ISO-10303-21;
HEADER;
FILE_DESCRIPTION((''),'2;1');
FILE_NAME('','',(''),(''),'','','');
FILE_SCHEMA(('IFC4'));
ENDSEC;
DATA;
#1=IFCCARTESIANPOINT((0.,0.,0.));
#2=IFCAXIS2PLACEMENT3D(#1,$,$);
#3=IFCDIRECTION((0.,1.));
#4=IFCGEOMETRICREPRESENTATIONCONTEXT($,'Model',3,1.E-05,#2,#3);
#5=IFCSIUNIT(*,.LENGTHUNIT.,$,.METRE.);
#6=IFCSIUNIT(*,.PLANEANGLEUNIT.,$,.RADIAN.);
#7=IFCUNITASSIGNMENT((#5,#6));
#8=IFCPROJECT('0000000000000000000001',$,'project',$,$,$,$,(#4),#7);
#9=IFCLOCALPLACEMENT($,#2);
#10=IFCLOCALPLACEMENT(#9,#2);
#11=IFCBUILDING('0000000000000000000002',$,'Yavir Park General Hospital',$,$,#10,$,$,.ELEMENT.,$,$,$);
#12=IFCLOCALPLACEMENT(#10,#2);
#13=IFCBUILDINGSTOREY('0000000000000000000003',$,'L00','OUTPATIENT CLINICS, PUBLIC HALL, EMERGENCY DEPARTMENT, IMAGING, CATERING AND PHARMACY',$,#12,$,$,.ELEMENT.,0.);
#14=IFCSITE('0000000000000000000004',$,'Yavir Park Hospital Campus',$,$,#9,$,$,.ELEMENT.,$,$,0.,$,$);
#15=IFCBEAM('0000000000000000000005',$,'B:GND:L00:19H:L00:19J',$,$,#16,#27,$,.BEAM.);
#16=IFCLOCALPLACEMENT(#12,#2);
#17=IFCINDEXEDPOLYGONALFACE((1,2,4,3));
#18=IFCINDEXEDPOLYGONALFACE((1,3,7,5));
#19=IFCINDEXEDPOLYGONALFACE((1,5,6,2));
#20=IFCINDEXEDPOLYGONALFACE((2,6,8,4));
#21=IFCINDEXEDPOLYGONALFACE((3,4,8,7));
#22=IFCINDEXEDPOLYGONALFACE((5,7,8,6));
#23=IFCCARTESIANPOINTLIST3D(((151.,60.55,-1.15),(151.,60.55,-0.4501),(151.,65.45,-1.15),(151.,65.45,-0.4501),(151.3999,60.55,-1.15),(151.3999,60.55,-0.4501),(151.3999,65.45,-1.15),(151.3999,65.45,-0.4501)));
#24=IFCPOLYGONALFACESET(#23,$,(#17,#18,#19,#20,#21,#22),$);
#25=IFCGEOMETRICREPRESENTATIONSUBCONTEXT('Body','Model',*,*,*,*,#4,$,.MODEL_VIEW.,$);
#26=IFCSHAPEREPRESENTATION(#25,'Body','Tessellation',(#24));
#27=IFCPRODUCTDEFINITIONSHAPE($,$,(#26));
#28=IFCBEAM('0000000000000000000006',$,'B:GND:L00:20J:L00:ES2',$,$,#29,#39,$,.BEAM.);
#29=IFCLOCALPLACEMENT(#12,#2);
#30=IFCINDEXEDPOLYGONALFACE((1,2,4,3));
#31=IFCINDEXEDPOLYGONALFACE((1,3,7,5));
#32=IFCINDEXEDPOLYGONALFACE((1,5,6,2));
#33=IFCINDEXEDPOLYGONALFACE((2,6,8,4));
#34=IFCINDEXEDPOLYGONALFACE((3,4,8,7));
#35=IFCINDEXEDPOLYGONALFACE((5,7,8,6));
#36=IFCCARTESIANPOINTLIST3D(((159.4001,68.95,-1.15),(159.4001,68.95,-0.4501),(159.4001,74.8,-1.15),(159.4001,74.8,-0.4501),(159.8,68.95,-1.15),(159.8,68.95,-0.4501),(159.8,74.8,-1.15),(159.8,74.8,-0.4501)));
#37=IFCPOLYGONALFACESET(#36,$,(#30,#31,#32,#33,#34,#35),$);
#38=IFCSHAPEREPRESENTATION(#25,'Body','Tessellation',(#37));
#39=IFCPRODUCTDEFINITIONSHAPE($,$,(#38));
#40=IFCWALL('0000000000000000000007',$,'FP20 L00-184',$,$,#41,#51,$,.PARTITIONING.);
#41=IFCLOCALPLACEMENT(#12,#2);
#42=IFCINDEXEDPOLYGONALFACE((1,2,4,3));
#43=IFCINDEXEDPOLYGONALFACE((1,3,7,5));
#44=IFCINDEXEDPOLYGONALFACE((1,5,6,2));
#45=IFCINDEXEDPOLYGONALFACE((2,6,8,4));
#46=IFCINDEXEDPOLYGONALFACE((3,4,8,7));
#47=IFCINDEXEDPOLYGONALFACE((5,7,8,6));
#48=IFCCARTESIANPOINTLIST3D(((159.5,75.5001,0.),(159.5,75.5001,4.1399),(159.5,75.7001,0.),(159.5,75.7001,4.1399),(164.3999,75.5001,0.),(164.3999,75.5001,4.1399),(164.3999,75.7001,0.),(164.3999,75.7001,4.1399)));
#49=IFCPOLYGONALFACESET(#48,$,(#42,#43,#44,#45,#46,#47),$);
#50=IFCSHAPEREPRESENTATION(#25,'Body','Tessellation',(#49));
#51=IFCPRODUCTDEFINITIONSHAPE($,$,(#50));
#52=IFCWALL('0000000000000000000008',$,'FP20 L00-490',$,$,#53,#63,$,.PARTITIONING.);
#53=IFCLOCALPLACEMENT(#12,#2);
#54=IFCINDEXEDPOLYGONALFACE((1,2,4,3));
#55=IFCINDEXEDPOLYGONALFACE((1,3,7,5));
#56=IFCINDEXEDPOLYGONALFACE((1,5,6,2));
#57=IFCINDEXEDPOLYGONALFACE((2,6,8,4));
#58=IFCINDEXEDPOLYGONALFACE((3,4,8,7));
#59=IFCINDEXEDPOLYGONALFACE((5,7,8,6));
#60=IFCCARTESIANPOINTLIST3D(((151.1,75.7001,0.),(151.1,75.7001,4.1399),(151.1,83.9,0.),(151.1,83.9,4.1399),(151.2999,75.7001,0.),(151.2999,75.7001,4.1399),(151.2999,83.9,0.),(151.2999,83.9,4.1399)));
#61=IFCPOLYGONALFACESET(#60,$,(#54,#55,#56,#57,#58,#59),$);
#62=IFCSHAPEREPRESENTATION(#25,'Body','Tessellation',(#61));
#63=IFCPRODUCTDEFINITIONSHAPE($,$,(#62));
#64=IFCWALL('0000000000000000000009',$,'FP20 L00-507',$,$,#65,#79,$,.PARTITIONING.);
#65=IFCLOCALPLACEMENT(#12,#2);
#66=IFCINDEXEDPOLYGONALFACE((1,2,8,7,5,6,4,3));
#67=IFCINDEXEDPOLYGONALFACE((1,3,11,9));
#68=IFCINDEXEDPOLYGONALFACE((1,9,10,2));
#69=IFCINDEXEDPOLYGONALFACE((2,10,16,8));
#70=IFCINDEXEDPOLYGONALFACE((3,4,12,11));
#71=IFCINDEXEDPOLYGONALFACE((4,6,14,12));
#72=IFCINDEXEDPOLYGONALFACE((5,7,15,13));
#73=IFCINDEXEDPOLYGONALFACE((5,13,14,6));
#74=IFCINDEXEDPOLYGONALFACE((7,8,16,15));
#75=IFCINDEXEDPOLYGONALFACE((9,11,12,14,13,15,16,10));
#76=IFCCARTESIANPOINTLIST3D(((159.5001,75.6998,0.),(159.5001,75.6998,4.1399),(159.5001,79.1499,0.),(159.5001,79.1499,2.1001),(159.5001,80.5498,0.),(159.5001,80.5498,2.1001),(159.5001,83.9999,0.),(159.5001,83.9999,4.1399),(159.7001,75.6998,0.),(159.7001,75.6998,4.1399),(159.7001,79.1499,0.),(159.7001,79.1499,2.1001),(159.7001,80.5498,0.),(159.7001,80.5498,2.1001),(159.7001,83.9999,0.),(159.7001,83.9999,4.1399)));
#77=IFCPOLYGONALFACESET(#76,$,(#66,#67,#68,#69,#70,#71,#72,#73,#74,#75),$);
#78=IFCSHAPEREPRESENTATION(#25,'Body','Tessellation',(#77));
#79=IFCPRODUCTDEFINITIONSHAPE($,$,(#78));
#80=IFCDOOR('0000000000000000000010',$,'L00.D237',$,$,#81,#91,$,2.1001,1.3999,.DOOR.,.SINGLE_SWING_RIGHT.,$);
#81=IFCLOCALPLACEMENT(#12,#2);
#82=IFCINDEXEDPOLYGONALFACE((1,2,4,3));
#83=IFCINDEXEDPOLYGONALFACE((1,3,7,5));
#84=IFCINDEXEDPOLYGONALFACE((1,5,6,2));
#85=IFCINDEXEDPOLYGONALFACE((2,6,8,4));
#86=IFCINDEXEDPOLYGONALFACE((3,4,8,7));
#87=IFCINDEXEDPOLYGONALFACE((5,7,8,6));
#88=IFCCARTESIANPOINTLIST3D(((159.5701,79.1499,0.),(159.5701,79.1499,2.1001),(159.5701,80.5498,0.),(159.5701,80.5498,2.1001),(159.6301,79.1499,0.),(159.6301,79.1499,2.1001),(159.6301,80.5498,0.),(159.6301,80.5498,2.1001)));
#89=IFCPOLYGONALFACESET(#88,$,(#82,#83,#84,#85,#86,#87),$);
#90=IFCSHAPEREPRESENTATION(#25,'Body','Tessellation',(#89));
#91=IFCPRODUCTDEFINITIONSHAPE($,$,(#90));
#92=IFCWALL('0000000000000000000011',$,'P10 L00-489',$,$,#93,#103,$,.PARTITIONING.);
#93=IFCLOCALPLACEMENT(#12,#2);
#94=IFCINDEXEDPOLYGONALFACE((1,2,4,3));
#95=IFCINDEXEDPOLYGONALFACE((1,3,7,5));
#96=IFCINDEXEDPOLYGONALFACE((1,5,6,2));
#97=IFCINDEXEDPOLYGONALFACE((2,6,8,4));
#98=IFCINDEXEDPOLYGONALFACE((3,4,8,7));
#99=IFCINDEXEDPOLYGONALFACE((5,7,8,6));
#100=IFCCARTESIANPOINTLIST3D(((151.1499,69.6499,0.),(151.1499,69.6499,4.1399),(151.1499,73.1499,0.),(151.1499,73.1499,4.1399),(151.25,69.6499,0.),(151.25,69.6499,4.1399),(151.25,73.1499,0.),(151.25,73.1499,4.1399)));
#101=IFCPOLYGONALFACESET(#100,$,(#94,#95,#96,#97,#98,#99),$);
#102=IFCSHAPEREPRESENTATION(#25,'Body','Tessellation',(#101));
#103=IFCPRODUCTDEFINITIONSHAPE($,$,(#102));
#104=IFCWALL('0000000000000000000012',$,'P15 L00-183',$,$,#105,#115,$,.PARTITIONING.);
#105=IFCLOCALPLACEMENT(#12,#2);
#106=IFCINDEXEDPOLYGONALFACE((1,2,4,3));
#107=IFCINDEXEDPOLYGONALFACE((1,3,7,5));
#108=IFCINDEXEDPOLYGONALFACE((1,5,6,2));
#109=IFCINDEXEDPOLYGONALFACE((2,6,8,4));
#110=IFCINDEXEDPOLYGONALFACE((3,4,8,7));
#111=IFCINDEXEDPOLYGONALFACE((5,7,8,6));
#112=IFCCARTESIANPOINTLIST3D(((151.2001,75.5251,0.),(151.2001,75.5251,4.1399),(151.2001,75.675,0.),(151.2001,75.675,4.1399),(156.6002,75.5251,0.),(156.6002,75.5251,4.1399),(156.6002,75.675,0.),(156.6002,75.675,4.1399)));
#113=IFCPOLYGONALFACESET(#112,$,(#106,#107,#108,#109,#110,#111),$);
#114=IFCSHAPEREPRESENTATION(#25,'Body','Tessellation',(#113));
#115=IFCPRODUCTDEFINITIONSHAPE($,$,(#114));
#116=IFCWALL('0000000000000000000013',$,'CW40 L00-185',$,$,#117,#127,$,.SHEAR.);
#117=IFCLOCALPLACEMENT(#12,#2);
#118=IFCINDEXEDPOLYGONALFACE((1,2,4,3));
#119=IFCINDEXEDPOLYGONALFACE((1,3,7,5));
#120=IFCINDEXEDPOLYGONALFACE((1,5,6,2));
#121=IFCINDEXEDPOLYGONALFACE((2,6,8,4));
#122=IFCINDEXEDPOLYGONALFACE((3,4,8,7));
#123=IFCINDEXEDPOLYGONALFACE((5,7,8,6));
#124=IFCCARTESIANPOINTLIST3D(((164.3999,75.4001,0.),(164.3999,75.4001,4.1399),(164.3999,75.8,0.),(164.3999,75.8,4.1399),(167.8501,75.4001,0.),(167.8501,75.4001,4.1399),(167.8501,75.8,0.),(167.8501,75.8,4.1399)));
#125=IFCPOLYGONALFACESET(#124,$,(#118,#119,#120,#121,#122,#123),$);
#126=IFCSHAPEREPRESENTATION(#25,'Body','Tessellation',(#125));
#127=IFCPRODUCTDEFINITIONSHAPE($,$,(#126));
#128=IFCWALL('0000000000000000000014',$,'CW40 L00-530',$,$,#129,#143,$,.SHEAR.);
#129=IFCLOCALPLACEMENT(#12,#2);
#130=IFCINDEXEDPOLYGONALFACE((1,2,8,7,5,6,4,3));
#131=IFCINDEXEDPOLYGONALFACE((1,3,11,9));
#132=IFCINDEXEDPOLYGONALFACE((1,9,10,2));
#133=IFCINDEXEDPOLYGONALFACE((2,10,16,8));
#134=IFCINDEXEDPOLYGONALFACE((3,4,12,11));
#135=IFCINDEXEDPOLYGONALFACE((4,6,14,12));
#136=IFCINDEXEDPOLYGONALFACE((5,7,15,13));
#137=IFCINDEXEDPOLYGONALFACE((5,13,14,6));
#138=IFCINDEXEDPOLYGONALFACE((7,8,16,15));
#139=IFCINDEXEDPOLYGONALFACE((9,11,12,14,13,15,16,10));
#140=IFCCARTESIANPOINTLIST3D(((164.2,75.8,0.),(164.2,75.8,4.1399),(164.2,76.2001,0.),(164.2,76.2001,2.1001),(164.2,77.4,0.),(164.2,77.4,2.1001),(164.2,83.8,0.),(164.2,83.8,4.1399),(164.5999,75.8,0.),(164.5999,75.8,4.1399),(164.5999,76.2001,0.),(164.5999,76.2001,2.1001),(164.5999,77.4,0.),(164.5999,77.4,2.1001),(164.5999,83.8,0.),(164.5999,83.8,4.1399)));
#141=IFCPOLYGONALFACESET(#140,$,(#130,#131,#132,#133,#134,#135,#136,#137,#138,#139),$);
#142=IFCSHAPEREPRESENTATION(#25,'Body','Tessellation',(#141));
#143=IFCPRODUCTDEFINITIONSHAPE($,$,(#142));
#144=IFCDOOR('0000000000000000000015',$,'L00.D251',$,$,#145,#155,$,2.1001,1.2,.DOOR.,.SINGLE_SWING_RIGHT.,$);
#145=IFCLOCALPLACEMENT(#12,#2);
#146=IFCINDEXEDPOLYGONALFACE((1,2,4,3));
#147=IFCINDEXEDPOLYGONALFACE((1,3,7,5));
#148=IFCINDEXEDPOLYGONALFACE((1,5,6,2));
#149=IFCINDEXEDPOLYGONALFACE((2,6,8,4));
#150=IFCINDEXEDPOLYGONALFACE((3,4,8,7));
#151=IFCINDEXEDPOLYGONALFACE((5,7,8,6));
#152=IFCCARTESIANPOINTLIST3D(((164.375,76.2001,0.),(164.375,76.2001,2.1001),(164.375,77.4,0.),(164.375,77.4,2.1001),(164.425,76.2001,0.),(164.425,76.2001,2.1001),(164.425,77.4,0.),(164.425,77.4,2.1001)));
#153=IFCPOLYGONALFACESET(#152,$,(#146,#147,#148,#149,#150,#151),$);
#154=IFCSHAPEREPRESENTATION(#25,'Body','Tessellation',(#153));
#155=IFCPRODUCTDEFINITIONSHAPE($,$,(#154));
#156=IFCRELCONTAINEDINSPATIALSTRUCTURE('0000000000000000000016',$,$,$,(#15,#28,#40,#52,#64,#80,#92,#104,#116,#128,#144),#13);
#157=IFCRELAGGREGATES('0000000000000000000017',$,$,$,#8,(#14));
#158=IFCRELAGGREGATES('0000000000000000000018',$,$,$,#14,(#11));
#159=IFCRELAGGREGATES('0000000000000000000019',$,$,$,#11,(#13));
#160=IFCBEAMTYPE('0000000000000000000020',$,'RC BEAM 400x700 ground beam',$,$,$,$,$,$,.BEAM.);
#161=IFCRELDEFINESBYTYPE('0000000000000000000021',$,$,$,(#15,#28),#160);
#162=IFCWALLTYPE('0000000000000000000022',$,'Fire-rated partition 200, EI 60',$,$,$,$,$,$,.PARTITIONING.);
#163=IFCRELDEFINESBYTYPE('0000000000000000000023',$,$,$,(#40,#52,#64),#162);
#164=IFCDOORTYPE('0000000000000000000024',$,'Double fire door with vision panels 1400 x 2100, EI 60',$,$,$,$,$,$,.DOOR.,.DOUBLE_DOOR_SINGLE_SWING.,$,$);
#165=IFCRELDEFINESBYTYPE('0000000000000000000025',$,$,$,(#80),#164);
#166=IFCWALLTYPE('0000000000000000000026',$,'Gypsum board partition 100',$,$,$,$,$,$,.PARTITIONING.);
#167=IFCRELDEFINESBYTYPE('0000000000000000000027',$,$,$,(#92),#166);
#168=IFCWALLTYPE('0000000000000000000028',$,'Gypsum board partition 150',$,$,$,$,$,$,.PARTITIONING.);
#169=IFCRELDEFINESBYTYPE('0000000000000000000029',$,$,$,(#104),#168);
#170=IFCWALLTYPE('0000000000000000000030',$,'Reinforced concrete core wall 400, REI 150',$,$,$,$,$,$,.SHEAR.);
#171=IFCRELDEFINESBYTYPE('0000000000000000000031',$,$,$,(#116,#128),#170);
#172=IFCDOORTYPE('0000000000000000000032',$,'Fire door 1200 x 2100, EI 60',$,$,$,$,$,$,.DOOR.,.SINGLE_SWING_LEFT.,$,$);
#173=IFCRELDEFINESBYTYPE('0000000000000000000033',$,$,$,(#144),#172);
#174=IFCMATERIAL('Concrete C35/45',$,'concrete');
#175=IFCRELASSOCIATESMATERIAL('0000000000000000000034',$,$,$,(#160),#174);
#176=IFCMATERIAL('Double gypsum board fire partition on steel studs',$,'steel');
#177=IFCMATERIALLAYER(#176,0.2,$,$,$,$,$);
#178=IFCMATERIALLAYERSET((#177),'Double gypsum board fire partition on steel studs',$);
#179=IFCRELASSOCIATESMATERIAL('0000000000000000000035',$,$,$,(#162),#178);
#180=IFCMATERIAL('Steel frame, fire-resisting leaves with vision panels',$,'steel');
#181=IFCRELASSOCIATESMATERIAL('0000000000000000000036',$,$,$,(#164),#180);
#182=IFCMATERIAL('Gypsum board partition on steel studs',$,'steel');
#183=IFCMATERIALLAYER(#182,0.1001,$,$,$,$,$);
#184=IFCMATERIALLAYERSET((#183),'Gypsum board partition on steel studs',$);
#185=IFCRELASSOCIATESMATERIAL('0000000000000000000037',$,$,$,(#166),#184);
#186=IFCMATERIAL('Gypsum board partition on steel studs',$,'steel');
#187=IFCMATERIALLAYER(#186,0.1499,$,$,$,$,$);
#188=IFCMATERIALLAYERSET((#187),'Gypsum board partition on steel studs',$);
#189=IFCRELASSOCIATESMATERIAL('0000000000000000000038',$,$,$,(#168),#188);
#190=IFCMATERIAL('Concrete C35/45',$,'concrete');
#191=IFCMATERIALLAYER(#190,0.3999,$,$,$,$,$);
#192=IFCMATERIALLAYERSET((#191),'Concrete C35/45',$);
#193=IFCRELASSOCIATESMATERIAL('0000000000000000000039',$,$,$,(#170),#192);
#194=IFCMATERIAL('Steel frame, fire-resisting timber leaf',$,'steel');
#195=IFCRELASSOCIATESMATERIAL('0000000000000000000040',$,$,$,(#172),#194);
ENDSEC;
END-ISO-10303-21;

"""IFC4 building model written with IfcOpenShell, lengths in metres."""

from ifc_helpers import new_model, si_unit, direction, frame, frame_2d, origin, origin_2d, place, context, subcontext, project, spatial, rectangle, extrude, material, layer, layer_set, material_profile, profile_set, type_object, element, fill, save


model = new_model("IFC4")

# Units and contexts
model_context = context("Model", 3, precision=1e-05, world=origin(), true_north=direction((0.0, 1.0)))
body_context = subcontext(model_context, "Body", "Model", "MODEL_VIEW")
ifc_project = project(units=[si_unit("LENGTHUNIT", "METRE"), si_unit("PLANEANGLEUNIT", "RADIAN")], contexts=[model_context])

# Site, building, storey
site_placement = place(None, origin())
site = spatial("IfcSite", under=ifc_project, at=site_placement, Name="Yavir Park Hospital Campus", CompositionType="ELEMENT", RefElevation=0.0)
building_placement = place(site_placement, origin())
building = spatial("IfcBuilding", under=site, at=building_placement, Name="Yavir Park General Hospital", CompositionType="ELEMENT")
storey_placement = place(building_placement, origin())
storey = spatial("IfcBuildingStorey", under=building, at=storey_placement, Name="L00", Description="OUTPATIENT CLINICS, PUBLIC HALL, EMERGENCY DEPARTMENT, IMAGING, CATERING AND PHARMACY", CompositionType="ELEMENT", Elevation=0.0)

# Beams
ifc_material_1 = material(Name="Concrete C35/45", Category="concrete")
ifc_material_profile_1 = material_profile(ifc_material_1, rectangle(XDim=0.3999, YDim=0.7, at=origin_2d()), Name="RC400x700")
ifc_profile_set_1 = profile_set([ifc_material_profile_1], Name="Concrete C35/45")
beam_type_1 = type_object("IfcBeamType", Name="RC BEAM 400x700 ground beam", PredefinedType="BEAM", material=ifc_profile_set_1)
for number, where, z_axis, x_axis, name in (
    (1, (151.2, 60.55, -0.8), (0.0, 1.0, 0.0), (-1.0, 0.0, 0.0), "B:GND:L00:19H:L00:19J"),
):
    element("IfcBeam", number, at=place(storey_placement, frame(where, z_axis=z_axis, x_axis=x_axis)), inside=storey, type_object=beam_type_1, Name=name, PredefinedType="BEAM", context=body_context, shape_type="SweptSolid", body=[
        extrude(rectangle(XDim=0.3999, YDim=0.7, at=origin_2d()), origin(), (0.0, 0.0, 1.0), 4.8999),
    ])
beam_1_placement = place(storey_placement, frame((159.6001, 68.95, -0.8), z_axis=(0.0, 1.0, 0.0), x_axis=(-1.0, 0.0, 0.0)))
element("IfcBeam", 2, at=beam_1_placement, inside=storey, type_object=beam_type_1, Name="B:GND:L00:20J:L00:ES2", PredefinedType="BEAM", context=body_context, shape_type="SweptSolid", body=[
    extrude(rectangle(XDim=0.3999, YDim=0.7, at=origin_2d()), origin(), (0.0, 0.0, 1.0), 5.8501),
])

# Walls
ifc_material_2 = material(Name="Double gypsum board fire partition on steel studs", Category="steel")
ifc_layer_1 = layer(ifc_material_2, 0.2)
ifc_layer_set_1 = layer_set([ifc_layer_1], Name="Double gypsum board fire partition on steel studs")
wall_type_1 = type_object("IfcWallType", Name="Fire-rated partition 200, EI 60", PredefinedType="PARTITIONING", material=ifc_layer_set_1)
wall_1_placement = place(storey_placement, frame((159.5, 75.6001, 0.0), z_axis=(0.0, 0.0, 1.0), x_axis=(1.0, 0.0, 0.0)))
element("IfcWall", 3, at=wall_1_placement, inside=storey, type_object=wall_type_1, Name="FP20 L00-184", PredefinedType="PARTITIONING", context=body_context, shape_type="SweptSolid", body=[
    extrude(rectangle(XDim=4.8999, YDim=0.2, at=frame_2d((2.45, 0.0))), origin(), (0.0, 0.0, 1.0), 4.1399),
])
wall_2_placement = place(storey_placement, frame((151.2, 75.7, 0.0), z_axis=(0.0, 0.0, 1.0), x_axis=(0.0, 1.0, 0.0)))
element("IfcWall", 4, at=wall_2_placement, inside=storey, type_object=wall_type_1, Name="FP20 L00-490", PredefinedType="PARTITIONING", context=body_context, shape_type="SweptSolid", body=[
    extrude(rectangle(XDim=8.2, YDim=0.2, at=frame_2d((4.1001, 0.0))), origin(), (0.0, 0.0, 1.0), 4.1399),
])

# Wall, opening, door
wall_3_placement = place(storey_placement, frame((159.6001, 75.7, 0.0), z_axis=(0.0, 0.0, 1.0), x_axis=(0.0, 1.0, 0.0)))
wall_3 = element("IfcWall", 5, at=wall_3_placement, inside=storey, type_object=wall_type_1, Name="FP20 L00-507", PredefinedType="PARTITIONING", context=body_context, shape_type="SweptSolid", body=[
    extrude(rectangle(XDim=8.3, YDim=0.2, at=frame_2d((4.1499, 0.0))), origin(), (0.0, 0.0, 1.0), 4.1399),
])
opening_1_placement = place(wall_3_placement, frame((3.45, 0.0, 0.0)))
opening_1 = element("IfcOpeningElement", 6, at=opening_1_placement, cuts=wall_3, PredefinedType="OPENING", context=body_context, shape_type="SweptSolid", body=[
    extrude(rectangle(XDim=1.3999, YDim=2.1001, at=frame_2d((0.7, 1.05))), frame((0.0, 0.1099, 0.0), z_axis=(0.0, -1.0, 0.0), x_axis=(1.0, 0.0, 0.0)), (0.0, 0.0, 1.0), 0.22),
])
ifc_material_3 = material(Name="Steel frame, fire-resisting leaves with vision panels", Category="steel")
door_type_1 = type_object("IfcDoorType", Name="Double fire door with vision panels 1400 x 2100, EI 60", OperationType="DOUBLE_DOOR_SINGLE_SWING", PredefinedType="DOOR", material=ifc_material_3)
door_1_placement = place(opening_1_placement, origin())
door_1 = element("IfcDoor", 7, at=door_1_placement, inside=storey, type_object=door_type_1, Name="L00.D237", OperationType="SINGLE_SWING_RIGHT", OverallHeight=2.1001, OverallWidth=1.3999, PredefinedType="DOOR", context=body_context, shape_type="SweptSolid", body=[
    extrude(rectangle(XDim=1.3999, YDim=2.1001, at=frame_2d((0.7, 1.05))), frame((0.0, 0.03, 0.0), z_axis=(0.0, -1.0, 0.0), x_axis=(1.0, 0.0, 0.0)), (0.0, 0.0, 1.0), 0.0601),
])
fill(opening_1, door_1)

# Walls
ifc_material_4 = material(Name="Gypsum board partition on steel studs", Category="steel")
ifc_layer_2 = layer(ifc_material_4, 0.1001)
ifc_layer_set_2 = layer_set([ifc_layer_2], Name="Gypsum board partition on steel studs")
wall_type_2 = type_object("IfcWallType", Name="Gypsum board partition 100", PredefinedType="PARTITIONING", material=ifc_layer_set_2)
wall_4_placement = place(storey_placement, frame((151.2, 69.6499, 0.0), z_axis=(0.0, 0.0, 1.0), x_axis=(0.0, 1.0, 0.0)))
element("IfcWall", 8, at=wall_4_placement, inside=storey, type_object=wall_type_2, Name="P10 L00-489", PredefinedType="PARTITIONING", context=body_context, shape_type="SweptSolid", body=[
    extrude(rectangle(XDim=3.5, YDim=0.1001, at=frame_2d((1.75, 0.0))), origin(), (0.0, 0.0, 1.0), 4.1399),
])
ifc_material_5 = material(Name="Gypsum board partition on steel studs", Category="steel")
ifc_layer_3 = layer(ifc_material_5, 0.1499)
ifc_layer_set_3 = layer_set([ifc_layer_3], Name="Gypsum board partition on steel studs")
wall_type_3 = type_object("IfcWallType", Name="Gypsum board partition 150", PredefinedType="PARTITIONING", material=ifc_layer_set_3)
wall_5_placement = place(storey_placement, frame((151.2, 75.6001, 0.0), z_axis=(0.0, 0.0, 1.0), x_axis=(1.0, 0.0, 0.0)))
element("IfcWall", 9, at=wall_5_placement, inside=storey, type_object=wall_type_3, Name="P15 L00-183", PredefinedType="PARTITIONING", context=body_context, shape_type="SweptSolid", body=[
    extrude(rectangle(XDim=5.4001, YDim=0.1499, at=frame_2d((2.7002, 0.0))), origin(), (0.0, 0.0, 1.0), 4.1399),
])
ifc_material_6 = material(Name="Concrete C35/45", Category="concrete")
ifc_layer_4 = layer(ifc_material_6, 0.3999)
ifc_layer_set_4 = layer_set([ifc_layer_4], Name="Concrete C35/45")
wall_type_4 = type_object("IfcWallType", Name="Reinforced concrete core wall 400, REI 150", PredefinedType="SHEAR", material=ifc_layer_set_4)
wall_6_placement = place(storey_placement, frame((164.3999, 75.6001, 0.0), z_axis=(0.0, 0.0, 1.0), x_axis=(1.0, 0.0, 0.0)))
element("IfcWall", 10, at=wall_6_placement, inside=storey, type_object=wall_type_4, Name="CW40 L00-185", PredefinedType="SHEAR", context=body_context, shape_type="SweptSolid", body=[
    extrude(rectangle(XDim=3.4502, YDim=0.3999, at=frame_2d((1.7251, 0.0))), origin(), (0.0, 0.0, 1.0), 4.1399),
])

# Wall, opening, door
wall_7_placement = place(storey_placement, frame((164.3999, 75.8, 0.0), z_axis=(0.0, 0.0, 1.0), x_axis=(0.0, 1.0, 0.0)))
wall_7 = element("IfcWall", 11, at=wall_7_placement, inside=storey, type_object=wall_type_4, Name="CW40 L00-530", PredefinedType="SHEAR", context=body_context, shape_type="SweptSolid", body=[
    extrude(rectangle(XDim=8.0, YDim=0.3999, at=frame_2d((4.0, 0.0))), origin(), (0.0, 0.0, 1.0), 4.1399),
])
opening_2_placement = place(wall_7_placement, frame((0.3999, 0.0, 0.0)))
opening_2 = element("IfcOpeningElement", 12, at=opening_2_placement, cuts=wall_7, PredefinedType="OPENING", context=body_context, shape_type="SweptSolid", body=[
    extrude(rectangle(XDim=1.2, YDim=2.1001, at=frame_2d((0.6001, 1.05))), frame((0.0, 0.21, 0.0), z_axis=(0.0, -1.0, 0.0), x_axis=(1.0, 0.0, 0.0)), (0.0, 0.0, 1.0), 0.4199),
])
ifc_material_7 = material(Name="Steel frame, fire-resisting timber leaf", Category="steel")
door_type_2 = type_object("IfcDoorType", Name="Fire door 1200 x 2100, EI 60", OperationType="SINGLE_SWING_LEFT", PredefinedType="DOOR", material=ifc_material_7)
door_2_placement = place(opening_2_placement, origin())
door_2 = element("IfcDoor", 13, at=door_2_placement, inside=storey, type_object=door_type_2, Name="L00.D251", OperationType="SINGLE_SWING_RIGHT", OverallHeight=2.1001, OverallWidth=1.2, PredefinedType="DOOR", context=body_context, shape_type="SweptSolid", body=[
    extrude(rectangle(XDim=1.2, YDim=2.1001, at=frame_2d((0.6001, 1.05))), frame((0.0, 0.0249, 0.0), z_axis=(0.0, -1.0, 0.0), x_axis=(1.0, 0.0, 0.0)), (0.0, 0.0, 1.0), 0.05),
])
fill(opening_2, door_2)

save(model, "model.ifc")
